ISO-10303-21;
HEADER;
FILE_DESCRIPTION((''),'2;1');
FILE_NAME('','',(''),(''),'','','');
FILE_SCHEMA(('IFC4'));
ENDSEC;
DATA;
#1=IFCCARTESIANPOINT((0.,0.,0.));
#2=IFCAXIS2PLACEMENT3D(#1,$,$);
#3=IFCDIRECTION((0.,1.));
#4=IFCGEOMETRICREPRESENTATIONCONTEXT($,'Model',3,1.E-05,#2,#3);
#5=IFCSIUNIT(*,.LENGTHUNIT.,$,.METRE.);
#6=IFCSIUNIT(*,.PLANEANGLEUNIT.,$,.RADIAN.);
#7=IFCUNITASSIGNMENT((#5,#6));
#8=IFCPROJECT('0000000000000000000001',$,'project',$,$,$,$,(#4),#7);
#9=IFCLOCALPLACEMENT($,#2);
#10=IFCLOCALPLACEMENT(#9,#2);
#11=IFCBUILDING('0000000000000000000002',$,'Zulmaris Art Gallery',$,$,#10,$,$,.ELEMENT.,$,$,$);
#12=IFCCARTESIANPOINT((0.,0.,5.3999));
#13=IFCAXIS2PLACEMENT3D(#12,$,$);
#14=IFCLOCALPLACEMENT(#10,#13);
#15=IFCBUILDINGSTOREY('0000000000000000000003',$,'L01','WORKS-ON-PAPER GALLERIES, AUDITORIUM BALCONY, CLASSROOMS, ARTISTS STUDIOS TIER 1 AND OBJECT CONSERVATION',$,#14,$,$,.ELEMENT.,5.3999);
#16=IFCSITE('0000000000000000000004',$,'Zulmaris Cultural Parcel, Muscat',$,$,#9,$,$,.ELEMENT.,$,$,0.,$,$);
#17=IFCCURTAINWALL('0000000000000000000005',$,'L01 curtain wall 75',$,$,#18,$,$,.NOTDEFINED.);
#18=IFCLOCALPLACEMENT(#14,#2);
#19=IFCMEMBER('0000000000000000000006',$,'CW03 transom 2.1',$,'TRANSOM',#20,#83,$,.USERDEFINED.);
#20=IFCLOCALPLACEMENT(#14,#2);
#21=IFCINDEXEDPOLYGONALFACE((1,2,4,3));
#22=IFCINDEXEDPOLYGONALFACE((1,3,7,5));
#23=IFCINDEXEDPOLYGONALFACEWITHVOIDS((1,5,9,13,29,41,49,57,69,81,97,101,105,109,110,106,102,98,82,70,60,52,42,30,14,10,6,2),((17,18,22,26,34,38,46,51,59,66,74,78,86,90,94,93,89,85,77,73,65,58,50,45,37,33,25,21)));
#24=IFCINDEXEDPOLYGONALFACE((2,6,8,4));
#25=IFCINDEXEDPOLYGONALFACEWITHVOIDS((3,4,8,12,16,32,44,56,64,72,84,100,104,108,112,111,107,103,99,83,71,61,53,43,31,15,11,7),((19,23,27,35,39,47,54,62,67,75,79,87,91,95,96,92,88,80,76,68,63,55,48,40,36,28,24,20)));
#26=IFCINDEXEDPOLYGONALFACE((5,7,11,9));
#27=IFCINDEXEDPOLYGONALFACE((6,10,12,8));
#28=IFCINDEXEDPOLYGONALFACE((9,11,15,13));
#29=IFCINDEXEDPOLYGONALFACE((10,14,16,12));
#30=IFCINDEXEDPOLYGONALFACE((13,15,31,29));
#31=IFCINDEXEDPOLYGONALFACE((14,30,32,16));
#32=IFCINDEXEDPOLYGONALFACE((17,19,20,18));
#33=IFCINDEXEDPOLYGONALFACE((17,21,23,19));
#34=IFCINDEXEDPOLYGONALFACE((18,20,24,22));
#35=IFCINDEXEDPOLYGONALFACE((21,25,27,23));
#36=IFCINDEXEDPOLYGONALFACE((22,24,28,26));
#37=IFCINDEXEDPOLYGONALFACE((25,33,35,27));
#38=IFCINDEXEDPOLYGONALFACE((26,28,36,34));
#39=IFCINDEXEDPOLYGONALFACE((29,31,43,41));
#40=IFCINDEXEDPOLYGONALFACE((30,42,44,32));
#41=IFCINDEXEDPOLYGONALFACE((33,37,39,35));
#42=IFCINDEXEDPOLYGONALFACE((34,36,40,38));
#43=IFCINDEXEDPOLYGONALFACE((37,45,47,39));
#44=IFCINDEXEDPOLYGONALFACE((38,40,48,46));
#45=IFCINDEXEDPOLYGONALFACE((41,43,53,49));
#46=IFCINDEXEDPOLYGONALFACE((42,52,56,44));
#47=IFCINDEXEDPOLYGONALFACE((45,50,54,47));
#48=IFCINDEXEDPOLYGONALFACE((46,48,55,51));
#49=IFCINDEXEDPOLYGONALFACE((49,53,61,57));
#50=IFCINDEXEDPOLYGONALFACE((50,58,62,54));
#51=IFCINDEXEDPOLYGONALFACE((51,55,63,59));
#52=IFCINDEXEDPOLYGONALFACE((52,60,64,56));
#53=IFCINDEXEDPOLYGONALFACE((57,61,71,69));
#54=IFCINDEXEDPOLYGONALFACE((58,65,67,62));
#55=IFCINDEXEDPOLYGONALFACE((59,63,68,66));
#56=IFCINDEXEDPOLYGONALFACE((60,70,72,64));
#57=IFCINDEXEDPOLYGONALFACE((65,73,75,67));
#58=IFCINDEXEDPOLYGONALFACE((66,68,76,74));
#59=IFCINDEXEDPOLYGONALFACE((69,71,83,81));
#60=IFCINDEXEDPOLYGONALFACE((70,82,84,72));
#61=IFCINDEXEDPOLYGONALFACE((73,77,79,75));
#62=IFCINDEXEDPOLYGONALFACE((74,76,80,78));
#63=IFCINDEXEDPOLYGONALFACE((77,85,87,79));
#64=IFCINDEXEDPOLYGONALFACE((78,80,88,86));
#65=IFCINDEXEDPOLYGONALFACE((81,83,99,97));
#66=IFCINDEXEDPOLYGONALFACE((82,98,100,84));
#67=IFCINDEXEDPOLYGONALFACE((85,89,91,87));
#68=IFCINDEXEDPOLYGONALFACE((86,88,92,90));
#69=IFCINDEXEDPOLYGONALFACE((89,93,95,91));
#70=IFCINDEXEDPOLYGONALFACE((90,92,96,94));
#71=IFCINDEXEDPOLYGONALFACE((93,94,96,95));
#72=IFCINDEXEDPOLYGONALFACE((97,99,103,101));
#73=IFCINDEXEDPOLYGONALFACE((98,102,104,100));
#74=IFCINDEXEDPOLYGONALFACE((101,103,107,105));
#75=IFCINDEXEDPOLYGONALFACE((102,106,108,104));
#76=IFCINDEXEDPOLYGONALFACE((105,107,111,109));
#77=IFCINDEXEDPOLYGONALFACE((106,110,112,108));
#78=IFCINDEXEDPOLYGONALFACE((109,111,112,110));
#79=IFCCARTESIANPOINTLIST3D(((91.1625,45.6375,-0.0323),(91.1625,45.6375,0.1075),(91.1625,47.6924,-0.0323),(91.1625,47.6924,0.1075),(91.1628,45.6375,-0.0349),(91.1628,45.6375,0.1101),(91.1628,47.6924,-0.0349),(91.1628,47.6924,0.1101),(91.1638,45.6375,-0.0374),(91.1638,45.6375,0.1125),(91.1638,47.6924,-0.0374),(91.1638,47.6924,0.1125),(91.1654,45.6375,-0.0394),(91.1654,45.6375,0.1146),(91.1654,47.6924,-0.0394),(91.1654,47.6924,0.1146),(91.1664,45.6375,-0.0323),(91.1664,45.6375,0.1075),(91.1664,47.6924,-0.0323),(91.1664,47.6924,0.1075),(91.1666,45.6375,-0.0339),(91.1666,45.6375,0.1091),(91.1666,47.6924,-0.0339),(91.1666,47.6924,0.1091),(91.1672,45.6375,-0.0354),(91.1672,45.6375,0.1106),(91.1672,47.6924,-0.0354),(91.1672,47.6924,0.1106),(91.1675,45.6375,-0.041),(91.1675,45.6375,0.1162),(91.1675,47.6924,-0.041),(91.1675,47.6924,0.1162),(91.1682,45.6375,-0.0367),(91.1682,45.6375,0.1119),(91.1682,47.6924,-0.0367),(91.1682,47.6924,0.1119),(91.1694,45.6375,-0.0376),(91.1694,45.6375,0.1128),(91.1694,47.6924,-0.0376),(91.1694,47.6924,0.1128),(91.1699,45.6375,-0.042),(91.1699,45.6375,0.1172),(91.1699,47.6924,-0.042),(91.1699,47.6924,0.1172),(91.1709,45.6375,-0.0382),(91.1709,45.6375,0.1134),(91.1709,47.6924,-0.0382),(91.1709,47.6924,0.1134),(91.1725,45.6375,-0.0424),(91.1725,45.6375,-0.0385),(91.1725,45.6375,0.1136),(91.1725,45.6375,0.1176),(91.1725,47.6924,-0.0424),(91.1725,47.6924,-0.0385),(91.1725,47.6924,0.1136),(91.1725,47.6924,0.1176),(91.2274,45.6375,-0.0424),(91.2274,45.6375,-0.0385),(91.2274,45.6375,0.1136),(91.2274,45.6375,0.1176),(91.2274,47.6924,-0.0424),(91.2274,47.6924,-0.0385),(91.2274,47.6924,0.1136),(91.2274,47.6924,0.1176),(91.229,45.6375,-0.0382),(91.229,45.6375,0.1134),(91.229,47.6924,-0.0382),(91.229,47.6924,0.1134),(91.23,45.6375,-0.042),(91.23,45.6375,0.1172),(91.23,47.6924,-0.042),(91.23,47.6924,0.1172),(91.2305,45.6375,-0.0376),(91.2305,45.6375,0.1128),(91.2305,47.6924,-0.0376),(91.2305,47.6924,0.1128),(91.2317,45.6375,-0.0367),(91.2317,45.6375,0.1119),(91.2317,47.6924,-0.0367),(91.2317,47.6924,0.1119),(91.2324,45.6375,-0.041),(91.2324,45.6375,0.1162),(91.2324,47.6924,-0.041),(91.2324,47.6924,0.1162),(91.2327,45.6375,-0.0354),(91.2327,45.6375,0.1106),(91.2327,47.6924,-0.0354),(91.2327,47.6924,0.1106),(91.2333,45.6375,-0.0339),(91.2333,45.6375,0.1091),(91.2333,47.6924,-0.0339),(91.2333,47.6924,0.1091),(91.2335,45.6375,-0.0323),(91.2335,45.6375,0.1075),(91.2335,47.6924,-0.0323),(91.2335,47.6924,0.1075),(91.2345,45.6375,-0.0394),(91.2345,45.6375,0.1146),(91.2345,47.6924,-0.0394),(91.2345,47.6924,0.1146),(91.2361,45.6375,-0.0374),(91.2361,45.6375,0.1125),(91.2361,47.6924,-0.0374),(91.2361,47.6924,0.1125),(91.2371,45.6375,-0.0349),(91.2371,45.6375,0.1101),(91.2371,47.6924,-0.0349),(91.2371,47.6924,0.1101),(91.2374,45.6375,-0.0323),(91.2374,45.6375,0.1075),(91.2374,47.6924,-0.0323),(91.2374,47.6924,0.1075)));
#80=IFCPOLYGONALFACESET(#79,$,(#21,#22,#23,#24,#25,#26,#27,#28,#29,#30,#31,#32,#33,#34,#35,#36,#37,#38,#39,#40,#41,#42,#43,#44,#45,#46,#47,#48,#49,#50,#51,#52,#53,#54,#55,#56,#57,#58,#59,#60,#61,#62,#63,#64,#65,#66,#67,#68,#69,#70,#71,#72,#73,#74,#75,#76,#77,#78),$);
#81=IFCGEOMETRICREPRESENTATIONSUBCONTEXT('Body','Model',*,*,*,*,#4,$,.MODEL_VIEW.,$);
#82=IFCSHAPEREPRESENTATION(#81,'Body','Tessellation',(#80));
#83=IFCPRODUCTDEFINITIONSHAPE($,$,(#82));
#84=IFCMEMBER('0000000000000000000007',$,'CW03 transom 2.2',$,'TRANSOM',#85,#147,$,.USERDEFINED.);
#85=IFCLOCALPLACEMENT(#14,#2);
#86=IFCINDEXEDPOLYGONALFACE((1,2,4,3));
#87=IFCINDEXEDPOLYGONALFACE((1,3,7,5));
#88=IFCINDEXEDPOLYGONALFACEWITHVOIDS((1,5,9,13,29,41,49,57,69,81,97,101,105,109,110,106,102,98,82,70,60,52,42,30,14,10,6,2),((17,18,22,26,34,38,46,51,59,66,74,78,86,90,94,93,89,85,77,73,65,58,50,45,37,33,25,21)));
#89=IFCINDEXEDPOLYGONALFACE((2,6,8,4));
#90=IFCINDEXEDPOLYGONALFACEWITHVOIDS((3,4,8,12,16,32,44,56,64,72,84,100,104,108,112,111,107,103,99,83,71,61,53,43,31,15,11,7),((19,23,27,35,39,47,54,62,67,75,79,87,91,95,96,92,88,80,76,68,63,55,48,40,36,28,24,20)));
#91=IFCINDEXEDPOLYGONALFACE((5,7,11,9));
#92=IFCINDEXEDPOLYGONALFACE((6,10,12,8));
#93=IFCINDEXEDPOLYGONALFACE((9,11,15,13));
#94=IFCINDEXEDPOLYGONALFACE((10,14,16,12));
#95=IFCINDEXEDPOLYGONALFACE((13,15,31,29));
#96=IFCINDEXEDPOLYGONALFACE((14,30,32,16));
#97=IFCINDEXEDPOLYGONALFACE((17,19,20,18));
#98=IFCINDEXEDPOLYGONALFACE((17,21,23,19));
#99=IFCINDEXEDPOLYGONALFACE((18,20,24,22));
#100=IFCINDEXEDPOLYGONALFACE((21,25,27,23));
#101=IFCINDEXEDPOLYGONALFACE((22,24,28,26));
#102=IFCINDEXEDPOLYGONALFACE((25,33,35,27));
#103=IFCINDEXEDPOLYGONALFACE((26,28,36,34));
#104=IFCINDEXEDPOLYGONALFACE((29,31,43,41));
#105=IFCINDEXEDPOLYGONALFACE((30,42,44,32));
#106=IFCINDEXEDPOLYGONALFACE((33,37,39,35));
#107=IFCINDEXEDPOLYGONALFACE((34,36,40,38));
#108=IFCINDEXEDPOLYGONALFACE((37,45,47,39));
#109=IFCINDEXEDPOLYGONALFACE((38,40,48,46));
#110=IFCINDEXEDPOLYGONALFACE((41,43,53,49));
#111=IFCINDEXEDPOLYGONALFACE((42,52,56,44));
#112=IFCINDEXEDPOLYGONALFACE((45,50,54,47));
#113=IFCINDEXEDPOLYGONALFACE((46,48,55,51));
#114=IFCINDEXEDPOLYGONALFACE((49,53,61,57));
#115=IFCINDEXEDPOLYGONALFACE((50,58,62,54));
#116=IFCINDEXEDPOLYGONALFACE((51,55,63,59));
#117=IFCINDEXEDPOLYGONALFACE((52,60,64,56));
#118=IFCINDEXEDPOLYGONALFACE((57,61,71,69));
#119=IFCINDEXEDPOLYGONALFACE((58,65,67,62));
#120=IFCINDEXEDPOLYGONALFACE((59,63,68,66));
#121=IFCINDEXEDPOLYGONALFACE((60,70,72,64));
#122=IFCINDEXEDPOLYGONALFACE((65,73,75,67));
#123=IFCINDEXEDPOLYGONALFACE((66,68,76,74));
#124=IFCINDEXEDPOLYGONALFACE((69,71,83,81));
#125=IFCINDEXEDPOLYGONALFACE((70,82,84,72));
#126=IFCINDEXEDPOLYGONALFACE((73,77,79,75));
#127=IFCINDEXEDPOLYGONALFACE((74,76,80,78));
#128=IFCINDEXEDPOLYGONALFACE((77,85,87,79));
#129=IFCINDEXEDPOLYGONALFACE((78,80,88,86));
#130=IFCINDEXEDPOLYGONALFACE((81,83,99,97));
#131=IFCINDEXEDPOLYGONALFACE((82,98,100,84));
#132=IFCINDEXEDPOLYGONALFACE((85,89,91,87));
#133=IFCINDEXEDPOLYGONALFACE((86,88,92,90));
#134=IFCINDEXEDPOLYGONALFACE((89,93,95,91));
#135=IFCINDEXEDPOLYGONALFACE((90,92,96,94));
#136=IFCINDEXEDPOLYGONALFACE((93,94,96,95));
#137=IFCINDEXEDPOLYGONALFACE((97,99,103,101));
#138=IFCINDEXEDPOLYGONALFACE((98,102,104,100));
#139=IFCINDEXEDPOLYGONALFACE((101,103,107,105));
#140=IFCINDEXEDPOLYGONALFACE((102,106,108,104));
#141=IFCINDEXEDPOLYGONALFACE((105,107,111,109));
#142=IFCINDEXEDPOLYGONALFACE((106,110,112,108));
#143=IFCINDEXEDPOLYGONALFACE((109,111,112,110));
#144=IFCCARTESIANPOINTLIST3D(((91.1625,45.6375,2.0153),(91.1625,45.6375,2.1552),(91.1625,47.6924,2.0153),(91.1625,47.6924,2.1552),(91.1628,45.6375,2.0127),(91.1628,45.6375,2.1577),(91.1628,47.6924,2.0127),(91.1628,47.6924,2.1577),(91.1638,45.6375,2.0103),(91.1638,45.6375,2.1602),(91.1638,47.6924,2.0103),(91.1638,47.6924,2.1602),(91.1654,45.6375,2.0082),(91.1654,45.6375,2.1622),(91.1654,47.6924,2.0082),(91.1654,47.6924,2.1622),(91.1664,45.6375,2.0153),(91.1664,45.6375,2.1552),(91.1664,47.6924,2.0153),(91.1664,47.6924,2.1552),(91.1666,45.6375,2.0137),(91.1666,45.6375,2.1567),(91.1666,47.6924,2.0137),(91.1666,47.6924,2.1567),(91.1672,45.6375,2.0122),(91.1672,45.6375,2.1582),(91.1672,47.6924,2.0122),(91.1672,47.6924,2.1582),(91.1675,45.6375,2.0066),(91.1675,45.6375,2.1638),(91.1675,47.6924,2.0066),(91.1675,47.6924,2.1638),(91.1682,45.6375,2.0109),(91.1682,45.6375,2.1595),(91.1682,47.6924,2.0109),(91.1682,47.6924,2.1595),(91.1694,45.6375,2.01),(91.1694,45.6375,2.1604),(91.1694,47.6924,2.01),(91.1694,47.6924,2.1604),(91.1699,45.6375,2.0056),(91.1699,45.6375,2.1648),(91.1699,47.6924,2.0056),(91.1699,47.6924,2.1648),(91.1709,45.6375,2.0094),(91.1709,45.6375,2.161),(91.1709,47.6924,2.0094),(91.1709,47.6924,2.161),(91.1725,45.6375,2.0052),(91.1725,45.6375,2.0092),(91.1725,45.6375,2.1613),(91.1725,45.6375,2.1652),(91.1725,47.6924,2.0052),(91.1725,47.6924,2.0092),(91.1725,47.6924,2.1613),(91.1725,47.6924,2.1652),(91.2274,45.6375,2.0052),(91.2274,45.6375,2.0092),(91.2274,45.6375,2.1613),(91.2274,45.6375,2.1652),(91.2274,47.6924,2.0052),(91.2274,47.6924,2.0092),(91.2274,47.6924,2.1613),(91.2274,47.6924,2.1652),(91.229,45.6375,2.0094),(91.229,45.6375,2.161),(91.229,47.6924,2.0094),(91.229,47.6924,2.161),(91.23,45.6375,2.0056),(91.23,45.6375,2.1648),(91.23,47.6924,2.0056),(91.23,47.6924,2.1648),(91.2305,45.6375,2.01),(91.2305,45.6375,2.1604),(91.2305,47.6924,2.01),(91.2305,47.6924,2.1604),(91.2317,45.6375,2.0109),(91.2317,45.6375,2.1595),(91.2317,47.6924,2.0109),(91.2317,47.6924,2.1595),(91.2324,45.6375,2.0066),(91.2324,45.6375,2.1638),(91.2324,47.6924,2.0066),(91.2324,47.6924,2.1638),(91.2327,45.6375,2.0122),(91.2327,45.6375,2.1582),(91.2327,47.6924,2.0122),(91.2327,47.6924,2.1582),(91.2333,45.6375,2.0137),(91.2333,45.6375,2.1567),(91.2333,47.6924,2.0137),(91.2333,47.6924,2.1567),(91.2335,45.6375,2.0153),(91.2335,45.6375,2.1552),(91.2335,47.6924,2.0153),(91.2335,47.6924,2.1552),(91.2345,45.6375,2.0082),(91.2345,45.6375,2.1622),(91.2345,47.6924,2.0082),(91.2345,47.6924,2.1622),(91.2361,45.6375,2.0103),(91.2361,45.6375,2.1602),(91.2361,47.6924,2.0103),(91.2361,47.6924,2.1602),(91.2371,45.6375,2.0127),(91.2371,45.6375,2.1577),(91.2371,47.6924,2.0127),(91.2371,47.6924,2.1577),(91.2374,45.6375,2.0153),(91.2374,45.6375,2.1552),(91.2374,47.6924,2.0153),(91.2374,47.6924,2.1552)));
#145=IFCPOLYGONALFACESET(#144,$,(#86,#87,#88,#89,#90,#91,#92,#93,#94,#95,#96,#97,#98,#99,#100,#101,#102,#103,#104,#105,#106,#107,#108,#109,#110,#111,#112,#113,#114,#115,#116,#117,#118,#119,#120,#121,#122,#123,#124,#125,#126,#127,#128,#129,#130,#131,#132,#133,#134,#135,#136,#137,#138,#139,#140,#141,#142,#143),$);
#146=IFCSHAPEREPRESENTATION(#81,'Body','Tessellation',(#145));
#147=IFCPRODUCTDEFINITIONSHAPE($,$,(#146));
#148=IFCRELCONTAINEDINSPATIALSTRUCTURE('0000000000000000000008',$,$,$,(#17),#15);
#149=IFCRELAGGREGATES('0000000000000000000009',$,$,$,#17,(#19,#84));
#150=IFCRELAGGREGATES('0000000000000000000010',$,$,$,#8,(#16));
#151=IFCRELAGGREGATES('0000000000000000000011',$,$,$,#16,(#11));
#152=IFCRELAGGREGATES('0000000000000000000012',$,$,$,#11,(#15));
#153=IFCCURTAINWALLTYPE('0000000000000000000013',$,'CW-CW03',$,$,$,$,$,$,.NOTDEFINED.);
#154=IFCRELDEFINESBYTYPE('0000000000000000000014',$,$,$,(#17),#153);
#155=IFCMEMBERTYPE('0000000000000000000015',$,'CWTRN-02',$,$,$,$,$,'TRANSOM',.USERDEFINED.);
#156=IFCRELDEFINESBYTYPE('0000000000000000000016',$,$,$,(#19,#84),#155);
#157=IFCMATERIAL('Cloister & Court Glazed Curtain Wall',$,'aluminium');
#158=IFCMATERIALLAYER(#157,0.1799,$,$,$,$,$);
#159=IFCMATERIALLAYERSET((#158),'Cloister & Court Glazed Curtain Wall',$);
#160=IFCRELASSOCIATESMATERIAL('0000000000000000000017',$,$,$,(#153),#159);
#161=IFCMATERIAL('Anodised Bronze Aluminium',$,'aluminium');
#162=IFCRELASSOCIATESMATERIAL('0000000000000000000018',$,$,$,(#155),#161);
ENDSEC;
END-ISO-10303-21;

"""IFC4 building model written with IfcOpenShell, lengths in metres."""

from ifc_helpers import new_model, si_unit, direction, frame, origin, origin_2d, place, context, subcontext, project, spatial, hollow_rectangle, extrude, material, layer, layer_set, material_profile, profile_set, type_object, element, aggregate, save


model = new_model("IFC4")

# Units and contexts
model_context = context("Model", 3, precision=1e-05, world=origin(), true_north=direction((0.0, 1.0)))
body_context = subcontext(model_context, "Body", "Model", "MODEL_VIEW")
ifc_project = project(units=[si_unit("LENGTHUNIT", "METRE"), si_unit("PLANEANGLEUNIT", "RADIAN")], contexts=[model_context])

# Site, building, storey
site_placement = place(None, origin())
site = spatial("IfcSite", under=ifc_project, at=site_placement, Name="Zulmaris Cultural Parcel, Muscat", CompositionType="ELEMENT", RefElevation=0.0)
building_placement = place(site_placement, origin())
building = spatial("IfcBuilding", under=site, at=building_placement, Name="Zulmaris Art Gallery", CompositionType="ELEMENT")
storey_placement = place(building_placement, frame((0.0, 0.0, 5.3999)))
storey = spatial("IfcBuildingStorey", under=building, at=storey_placement, Name="L01", Description="WORKS-ON-PAPER GALLERIES, AUDITORIUM BALCONY, CLASSROOMS, ARTISTS STUDIOS TIER 1 AND OBJECT CONSERVATION", CompositionType="ELEMENT", Elevation=5.3999)

# Curtain wall
ifc_material_1 = material(Name="Cloister & Court Glazed Curtain Wall", Category="aluminium")
ifc_layer_1 = layer(ifc_material_1, 0.1799)
ifc_layer_set_1 = layer_set([ifc_layer_1], Name="Cloister & Court Glazed Curtain Wall")
curtain_wall_type = type_object("IfcCurtainWallType", Name="CW-CW03", PredefinedType="NOTDEFINED", material=ifc_layer_set_1)
curtain_wall_1_placement = place(storey_placement, origin())
curtain_wall_1 = element("IfcCurtainWall", 1, at=curtain_wall_1_placement, inside=storey, type_object=curtain_wall_type, Name="L01 curtain wall 75", PredefinedType="NOTDEFINED")
ifc_material_2 = material(Name="Anodised Bronze Aluminium", Category="aluminium")
ifc_material_profile_1 = material_profile(ifc_material_2, hollow_rectangle(XDim=0.075, YDim=0.1599, WallThickness=0.0039, InnerFilletRadius=0.0061, OuterFilletRadius=0.01, at=origin_2d()), Name="ALU 75x160x4")
ifc_profile_set_1 = profile_set([ifc_material_profile_1], Name="Anodised Bronze Aluminium")
member_type_1 = type_object("IfcMemberType", Name="CWTRN-02", ElementType="TRANSOM", PredefinedType="USERDEFINED", material=ifc_profile_set_1)

# Members
member_1_placement = place(storey_placement, frame((91.2, 47.6924, 0.0376), z_axis=(0.0, -1.0, 0.0), x_axis=(1.0, 0.0, 0.0)))
member_1 = element("IfcMember", 2, at=member_1_placement, type_object=member_type_1, Name="CW03 transom 2.1", ObjectType="TRANSOM", PredefinedType="USERDEFINED", context=body_context, shape_type="SweptSolid", body=[
    extrude(hollow_rectangle(XDim=0.075, YDim=0.1599, WallThickness=0.0039, InnerFilletRadius=0.0061, OuterFilletRadius=0.01, at=origin_2d()), origin(), (0.0, 0.0, 1.0), 2.0549),
])
member_2_placement = place(storey_placement, frame((91.2, 47.6924, 2.0852), z_axis=(0.0, -1.0, 0.0), x_axis=(1.0, 0.0, 0.0)))
member_2 = element("IfcMember", 3, at=member_2_placement, type_object=member_type_1, Name="CW03 transom 2.2", ObjectType="TRANSOM", PredefinedType="USERDEFINED", context=body_context, shape_type="SweptSolid", body=[
    extrude(hollow_rectangle(XDim=0.075, YDim=0.1599, WallThickness=0.0039, InnerFilletRadius=0.0061, OuterFilletRadius=0.01, at=origin_2d()), origin(), (0.0, 0.0, 1.0), 2.0549),
])

aggregate(curtain_wall_1, [member_1, member_2])

save(model, "model.ifc")
